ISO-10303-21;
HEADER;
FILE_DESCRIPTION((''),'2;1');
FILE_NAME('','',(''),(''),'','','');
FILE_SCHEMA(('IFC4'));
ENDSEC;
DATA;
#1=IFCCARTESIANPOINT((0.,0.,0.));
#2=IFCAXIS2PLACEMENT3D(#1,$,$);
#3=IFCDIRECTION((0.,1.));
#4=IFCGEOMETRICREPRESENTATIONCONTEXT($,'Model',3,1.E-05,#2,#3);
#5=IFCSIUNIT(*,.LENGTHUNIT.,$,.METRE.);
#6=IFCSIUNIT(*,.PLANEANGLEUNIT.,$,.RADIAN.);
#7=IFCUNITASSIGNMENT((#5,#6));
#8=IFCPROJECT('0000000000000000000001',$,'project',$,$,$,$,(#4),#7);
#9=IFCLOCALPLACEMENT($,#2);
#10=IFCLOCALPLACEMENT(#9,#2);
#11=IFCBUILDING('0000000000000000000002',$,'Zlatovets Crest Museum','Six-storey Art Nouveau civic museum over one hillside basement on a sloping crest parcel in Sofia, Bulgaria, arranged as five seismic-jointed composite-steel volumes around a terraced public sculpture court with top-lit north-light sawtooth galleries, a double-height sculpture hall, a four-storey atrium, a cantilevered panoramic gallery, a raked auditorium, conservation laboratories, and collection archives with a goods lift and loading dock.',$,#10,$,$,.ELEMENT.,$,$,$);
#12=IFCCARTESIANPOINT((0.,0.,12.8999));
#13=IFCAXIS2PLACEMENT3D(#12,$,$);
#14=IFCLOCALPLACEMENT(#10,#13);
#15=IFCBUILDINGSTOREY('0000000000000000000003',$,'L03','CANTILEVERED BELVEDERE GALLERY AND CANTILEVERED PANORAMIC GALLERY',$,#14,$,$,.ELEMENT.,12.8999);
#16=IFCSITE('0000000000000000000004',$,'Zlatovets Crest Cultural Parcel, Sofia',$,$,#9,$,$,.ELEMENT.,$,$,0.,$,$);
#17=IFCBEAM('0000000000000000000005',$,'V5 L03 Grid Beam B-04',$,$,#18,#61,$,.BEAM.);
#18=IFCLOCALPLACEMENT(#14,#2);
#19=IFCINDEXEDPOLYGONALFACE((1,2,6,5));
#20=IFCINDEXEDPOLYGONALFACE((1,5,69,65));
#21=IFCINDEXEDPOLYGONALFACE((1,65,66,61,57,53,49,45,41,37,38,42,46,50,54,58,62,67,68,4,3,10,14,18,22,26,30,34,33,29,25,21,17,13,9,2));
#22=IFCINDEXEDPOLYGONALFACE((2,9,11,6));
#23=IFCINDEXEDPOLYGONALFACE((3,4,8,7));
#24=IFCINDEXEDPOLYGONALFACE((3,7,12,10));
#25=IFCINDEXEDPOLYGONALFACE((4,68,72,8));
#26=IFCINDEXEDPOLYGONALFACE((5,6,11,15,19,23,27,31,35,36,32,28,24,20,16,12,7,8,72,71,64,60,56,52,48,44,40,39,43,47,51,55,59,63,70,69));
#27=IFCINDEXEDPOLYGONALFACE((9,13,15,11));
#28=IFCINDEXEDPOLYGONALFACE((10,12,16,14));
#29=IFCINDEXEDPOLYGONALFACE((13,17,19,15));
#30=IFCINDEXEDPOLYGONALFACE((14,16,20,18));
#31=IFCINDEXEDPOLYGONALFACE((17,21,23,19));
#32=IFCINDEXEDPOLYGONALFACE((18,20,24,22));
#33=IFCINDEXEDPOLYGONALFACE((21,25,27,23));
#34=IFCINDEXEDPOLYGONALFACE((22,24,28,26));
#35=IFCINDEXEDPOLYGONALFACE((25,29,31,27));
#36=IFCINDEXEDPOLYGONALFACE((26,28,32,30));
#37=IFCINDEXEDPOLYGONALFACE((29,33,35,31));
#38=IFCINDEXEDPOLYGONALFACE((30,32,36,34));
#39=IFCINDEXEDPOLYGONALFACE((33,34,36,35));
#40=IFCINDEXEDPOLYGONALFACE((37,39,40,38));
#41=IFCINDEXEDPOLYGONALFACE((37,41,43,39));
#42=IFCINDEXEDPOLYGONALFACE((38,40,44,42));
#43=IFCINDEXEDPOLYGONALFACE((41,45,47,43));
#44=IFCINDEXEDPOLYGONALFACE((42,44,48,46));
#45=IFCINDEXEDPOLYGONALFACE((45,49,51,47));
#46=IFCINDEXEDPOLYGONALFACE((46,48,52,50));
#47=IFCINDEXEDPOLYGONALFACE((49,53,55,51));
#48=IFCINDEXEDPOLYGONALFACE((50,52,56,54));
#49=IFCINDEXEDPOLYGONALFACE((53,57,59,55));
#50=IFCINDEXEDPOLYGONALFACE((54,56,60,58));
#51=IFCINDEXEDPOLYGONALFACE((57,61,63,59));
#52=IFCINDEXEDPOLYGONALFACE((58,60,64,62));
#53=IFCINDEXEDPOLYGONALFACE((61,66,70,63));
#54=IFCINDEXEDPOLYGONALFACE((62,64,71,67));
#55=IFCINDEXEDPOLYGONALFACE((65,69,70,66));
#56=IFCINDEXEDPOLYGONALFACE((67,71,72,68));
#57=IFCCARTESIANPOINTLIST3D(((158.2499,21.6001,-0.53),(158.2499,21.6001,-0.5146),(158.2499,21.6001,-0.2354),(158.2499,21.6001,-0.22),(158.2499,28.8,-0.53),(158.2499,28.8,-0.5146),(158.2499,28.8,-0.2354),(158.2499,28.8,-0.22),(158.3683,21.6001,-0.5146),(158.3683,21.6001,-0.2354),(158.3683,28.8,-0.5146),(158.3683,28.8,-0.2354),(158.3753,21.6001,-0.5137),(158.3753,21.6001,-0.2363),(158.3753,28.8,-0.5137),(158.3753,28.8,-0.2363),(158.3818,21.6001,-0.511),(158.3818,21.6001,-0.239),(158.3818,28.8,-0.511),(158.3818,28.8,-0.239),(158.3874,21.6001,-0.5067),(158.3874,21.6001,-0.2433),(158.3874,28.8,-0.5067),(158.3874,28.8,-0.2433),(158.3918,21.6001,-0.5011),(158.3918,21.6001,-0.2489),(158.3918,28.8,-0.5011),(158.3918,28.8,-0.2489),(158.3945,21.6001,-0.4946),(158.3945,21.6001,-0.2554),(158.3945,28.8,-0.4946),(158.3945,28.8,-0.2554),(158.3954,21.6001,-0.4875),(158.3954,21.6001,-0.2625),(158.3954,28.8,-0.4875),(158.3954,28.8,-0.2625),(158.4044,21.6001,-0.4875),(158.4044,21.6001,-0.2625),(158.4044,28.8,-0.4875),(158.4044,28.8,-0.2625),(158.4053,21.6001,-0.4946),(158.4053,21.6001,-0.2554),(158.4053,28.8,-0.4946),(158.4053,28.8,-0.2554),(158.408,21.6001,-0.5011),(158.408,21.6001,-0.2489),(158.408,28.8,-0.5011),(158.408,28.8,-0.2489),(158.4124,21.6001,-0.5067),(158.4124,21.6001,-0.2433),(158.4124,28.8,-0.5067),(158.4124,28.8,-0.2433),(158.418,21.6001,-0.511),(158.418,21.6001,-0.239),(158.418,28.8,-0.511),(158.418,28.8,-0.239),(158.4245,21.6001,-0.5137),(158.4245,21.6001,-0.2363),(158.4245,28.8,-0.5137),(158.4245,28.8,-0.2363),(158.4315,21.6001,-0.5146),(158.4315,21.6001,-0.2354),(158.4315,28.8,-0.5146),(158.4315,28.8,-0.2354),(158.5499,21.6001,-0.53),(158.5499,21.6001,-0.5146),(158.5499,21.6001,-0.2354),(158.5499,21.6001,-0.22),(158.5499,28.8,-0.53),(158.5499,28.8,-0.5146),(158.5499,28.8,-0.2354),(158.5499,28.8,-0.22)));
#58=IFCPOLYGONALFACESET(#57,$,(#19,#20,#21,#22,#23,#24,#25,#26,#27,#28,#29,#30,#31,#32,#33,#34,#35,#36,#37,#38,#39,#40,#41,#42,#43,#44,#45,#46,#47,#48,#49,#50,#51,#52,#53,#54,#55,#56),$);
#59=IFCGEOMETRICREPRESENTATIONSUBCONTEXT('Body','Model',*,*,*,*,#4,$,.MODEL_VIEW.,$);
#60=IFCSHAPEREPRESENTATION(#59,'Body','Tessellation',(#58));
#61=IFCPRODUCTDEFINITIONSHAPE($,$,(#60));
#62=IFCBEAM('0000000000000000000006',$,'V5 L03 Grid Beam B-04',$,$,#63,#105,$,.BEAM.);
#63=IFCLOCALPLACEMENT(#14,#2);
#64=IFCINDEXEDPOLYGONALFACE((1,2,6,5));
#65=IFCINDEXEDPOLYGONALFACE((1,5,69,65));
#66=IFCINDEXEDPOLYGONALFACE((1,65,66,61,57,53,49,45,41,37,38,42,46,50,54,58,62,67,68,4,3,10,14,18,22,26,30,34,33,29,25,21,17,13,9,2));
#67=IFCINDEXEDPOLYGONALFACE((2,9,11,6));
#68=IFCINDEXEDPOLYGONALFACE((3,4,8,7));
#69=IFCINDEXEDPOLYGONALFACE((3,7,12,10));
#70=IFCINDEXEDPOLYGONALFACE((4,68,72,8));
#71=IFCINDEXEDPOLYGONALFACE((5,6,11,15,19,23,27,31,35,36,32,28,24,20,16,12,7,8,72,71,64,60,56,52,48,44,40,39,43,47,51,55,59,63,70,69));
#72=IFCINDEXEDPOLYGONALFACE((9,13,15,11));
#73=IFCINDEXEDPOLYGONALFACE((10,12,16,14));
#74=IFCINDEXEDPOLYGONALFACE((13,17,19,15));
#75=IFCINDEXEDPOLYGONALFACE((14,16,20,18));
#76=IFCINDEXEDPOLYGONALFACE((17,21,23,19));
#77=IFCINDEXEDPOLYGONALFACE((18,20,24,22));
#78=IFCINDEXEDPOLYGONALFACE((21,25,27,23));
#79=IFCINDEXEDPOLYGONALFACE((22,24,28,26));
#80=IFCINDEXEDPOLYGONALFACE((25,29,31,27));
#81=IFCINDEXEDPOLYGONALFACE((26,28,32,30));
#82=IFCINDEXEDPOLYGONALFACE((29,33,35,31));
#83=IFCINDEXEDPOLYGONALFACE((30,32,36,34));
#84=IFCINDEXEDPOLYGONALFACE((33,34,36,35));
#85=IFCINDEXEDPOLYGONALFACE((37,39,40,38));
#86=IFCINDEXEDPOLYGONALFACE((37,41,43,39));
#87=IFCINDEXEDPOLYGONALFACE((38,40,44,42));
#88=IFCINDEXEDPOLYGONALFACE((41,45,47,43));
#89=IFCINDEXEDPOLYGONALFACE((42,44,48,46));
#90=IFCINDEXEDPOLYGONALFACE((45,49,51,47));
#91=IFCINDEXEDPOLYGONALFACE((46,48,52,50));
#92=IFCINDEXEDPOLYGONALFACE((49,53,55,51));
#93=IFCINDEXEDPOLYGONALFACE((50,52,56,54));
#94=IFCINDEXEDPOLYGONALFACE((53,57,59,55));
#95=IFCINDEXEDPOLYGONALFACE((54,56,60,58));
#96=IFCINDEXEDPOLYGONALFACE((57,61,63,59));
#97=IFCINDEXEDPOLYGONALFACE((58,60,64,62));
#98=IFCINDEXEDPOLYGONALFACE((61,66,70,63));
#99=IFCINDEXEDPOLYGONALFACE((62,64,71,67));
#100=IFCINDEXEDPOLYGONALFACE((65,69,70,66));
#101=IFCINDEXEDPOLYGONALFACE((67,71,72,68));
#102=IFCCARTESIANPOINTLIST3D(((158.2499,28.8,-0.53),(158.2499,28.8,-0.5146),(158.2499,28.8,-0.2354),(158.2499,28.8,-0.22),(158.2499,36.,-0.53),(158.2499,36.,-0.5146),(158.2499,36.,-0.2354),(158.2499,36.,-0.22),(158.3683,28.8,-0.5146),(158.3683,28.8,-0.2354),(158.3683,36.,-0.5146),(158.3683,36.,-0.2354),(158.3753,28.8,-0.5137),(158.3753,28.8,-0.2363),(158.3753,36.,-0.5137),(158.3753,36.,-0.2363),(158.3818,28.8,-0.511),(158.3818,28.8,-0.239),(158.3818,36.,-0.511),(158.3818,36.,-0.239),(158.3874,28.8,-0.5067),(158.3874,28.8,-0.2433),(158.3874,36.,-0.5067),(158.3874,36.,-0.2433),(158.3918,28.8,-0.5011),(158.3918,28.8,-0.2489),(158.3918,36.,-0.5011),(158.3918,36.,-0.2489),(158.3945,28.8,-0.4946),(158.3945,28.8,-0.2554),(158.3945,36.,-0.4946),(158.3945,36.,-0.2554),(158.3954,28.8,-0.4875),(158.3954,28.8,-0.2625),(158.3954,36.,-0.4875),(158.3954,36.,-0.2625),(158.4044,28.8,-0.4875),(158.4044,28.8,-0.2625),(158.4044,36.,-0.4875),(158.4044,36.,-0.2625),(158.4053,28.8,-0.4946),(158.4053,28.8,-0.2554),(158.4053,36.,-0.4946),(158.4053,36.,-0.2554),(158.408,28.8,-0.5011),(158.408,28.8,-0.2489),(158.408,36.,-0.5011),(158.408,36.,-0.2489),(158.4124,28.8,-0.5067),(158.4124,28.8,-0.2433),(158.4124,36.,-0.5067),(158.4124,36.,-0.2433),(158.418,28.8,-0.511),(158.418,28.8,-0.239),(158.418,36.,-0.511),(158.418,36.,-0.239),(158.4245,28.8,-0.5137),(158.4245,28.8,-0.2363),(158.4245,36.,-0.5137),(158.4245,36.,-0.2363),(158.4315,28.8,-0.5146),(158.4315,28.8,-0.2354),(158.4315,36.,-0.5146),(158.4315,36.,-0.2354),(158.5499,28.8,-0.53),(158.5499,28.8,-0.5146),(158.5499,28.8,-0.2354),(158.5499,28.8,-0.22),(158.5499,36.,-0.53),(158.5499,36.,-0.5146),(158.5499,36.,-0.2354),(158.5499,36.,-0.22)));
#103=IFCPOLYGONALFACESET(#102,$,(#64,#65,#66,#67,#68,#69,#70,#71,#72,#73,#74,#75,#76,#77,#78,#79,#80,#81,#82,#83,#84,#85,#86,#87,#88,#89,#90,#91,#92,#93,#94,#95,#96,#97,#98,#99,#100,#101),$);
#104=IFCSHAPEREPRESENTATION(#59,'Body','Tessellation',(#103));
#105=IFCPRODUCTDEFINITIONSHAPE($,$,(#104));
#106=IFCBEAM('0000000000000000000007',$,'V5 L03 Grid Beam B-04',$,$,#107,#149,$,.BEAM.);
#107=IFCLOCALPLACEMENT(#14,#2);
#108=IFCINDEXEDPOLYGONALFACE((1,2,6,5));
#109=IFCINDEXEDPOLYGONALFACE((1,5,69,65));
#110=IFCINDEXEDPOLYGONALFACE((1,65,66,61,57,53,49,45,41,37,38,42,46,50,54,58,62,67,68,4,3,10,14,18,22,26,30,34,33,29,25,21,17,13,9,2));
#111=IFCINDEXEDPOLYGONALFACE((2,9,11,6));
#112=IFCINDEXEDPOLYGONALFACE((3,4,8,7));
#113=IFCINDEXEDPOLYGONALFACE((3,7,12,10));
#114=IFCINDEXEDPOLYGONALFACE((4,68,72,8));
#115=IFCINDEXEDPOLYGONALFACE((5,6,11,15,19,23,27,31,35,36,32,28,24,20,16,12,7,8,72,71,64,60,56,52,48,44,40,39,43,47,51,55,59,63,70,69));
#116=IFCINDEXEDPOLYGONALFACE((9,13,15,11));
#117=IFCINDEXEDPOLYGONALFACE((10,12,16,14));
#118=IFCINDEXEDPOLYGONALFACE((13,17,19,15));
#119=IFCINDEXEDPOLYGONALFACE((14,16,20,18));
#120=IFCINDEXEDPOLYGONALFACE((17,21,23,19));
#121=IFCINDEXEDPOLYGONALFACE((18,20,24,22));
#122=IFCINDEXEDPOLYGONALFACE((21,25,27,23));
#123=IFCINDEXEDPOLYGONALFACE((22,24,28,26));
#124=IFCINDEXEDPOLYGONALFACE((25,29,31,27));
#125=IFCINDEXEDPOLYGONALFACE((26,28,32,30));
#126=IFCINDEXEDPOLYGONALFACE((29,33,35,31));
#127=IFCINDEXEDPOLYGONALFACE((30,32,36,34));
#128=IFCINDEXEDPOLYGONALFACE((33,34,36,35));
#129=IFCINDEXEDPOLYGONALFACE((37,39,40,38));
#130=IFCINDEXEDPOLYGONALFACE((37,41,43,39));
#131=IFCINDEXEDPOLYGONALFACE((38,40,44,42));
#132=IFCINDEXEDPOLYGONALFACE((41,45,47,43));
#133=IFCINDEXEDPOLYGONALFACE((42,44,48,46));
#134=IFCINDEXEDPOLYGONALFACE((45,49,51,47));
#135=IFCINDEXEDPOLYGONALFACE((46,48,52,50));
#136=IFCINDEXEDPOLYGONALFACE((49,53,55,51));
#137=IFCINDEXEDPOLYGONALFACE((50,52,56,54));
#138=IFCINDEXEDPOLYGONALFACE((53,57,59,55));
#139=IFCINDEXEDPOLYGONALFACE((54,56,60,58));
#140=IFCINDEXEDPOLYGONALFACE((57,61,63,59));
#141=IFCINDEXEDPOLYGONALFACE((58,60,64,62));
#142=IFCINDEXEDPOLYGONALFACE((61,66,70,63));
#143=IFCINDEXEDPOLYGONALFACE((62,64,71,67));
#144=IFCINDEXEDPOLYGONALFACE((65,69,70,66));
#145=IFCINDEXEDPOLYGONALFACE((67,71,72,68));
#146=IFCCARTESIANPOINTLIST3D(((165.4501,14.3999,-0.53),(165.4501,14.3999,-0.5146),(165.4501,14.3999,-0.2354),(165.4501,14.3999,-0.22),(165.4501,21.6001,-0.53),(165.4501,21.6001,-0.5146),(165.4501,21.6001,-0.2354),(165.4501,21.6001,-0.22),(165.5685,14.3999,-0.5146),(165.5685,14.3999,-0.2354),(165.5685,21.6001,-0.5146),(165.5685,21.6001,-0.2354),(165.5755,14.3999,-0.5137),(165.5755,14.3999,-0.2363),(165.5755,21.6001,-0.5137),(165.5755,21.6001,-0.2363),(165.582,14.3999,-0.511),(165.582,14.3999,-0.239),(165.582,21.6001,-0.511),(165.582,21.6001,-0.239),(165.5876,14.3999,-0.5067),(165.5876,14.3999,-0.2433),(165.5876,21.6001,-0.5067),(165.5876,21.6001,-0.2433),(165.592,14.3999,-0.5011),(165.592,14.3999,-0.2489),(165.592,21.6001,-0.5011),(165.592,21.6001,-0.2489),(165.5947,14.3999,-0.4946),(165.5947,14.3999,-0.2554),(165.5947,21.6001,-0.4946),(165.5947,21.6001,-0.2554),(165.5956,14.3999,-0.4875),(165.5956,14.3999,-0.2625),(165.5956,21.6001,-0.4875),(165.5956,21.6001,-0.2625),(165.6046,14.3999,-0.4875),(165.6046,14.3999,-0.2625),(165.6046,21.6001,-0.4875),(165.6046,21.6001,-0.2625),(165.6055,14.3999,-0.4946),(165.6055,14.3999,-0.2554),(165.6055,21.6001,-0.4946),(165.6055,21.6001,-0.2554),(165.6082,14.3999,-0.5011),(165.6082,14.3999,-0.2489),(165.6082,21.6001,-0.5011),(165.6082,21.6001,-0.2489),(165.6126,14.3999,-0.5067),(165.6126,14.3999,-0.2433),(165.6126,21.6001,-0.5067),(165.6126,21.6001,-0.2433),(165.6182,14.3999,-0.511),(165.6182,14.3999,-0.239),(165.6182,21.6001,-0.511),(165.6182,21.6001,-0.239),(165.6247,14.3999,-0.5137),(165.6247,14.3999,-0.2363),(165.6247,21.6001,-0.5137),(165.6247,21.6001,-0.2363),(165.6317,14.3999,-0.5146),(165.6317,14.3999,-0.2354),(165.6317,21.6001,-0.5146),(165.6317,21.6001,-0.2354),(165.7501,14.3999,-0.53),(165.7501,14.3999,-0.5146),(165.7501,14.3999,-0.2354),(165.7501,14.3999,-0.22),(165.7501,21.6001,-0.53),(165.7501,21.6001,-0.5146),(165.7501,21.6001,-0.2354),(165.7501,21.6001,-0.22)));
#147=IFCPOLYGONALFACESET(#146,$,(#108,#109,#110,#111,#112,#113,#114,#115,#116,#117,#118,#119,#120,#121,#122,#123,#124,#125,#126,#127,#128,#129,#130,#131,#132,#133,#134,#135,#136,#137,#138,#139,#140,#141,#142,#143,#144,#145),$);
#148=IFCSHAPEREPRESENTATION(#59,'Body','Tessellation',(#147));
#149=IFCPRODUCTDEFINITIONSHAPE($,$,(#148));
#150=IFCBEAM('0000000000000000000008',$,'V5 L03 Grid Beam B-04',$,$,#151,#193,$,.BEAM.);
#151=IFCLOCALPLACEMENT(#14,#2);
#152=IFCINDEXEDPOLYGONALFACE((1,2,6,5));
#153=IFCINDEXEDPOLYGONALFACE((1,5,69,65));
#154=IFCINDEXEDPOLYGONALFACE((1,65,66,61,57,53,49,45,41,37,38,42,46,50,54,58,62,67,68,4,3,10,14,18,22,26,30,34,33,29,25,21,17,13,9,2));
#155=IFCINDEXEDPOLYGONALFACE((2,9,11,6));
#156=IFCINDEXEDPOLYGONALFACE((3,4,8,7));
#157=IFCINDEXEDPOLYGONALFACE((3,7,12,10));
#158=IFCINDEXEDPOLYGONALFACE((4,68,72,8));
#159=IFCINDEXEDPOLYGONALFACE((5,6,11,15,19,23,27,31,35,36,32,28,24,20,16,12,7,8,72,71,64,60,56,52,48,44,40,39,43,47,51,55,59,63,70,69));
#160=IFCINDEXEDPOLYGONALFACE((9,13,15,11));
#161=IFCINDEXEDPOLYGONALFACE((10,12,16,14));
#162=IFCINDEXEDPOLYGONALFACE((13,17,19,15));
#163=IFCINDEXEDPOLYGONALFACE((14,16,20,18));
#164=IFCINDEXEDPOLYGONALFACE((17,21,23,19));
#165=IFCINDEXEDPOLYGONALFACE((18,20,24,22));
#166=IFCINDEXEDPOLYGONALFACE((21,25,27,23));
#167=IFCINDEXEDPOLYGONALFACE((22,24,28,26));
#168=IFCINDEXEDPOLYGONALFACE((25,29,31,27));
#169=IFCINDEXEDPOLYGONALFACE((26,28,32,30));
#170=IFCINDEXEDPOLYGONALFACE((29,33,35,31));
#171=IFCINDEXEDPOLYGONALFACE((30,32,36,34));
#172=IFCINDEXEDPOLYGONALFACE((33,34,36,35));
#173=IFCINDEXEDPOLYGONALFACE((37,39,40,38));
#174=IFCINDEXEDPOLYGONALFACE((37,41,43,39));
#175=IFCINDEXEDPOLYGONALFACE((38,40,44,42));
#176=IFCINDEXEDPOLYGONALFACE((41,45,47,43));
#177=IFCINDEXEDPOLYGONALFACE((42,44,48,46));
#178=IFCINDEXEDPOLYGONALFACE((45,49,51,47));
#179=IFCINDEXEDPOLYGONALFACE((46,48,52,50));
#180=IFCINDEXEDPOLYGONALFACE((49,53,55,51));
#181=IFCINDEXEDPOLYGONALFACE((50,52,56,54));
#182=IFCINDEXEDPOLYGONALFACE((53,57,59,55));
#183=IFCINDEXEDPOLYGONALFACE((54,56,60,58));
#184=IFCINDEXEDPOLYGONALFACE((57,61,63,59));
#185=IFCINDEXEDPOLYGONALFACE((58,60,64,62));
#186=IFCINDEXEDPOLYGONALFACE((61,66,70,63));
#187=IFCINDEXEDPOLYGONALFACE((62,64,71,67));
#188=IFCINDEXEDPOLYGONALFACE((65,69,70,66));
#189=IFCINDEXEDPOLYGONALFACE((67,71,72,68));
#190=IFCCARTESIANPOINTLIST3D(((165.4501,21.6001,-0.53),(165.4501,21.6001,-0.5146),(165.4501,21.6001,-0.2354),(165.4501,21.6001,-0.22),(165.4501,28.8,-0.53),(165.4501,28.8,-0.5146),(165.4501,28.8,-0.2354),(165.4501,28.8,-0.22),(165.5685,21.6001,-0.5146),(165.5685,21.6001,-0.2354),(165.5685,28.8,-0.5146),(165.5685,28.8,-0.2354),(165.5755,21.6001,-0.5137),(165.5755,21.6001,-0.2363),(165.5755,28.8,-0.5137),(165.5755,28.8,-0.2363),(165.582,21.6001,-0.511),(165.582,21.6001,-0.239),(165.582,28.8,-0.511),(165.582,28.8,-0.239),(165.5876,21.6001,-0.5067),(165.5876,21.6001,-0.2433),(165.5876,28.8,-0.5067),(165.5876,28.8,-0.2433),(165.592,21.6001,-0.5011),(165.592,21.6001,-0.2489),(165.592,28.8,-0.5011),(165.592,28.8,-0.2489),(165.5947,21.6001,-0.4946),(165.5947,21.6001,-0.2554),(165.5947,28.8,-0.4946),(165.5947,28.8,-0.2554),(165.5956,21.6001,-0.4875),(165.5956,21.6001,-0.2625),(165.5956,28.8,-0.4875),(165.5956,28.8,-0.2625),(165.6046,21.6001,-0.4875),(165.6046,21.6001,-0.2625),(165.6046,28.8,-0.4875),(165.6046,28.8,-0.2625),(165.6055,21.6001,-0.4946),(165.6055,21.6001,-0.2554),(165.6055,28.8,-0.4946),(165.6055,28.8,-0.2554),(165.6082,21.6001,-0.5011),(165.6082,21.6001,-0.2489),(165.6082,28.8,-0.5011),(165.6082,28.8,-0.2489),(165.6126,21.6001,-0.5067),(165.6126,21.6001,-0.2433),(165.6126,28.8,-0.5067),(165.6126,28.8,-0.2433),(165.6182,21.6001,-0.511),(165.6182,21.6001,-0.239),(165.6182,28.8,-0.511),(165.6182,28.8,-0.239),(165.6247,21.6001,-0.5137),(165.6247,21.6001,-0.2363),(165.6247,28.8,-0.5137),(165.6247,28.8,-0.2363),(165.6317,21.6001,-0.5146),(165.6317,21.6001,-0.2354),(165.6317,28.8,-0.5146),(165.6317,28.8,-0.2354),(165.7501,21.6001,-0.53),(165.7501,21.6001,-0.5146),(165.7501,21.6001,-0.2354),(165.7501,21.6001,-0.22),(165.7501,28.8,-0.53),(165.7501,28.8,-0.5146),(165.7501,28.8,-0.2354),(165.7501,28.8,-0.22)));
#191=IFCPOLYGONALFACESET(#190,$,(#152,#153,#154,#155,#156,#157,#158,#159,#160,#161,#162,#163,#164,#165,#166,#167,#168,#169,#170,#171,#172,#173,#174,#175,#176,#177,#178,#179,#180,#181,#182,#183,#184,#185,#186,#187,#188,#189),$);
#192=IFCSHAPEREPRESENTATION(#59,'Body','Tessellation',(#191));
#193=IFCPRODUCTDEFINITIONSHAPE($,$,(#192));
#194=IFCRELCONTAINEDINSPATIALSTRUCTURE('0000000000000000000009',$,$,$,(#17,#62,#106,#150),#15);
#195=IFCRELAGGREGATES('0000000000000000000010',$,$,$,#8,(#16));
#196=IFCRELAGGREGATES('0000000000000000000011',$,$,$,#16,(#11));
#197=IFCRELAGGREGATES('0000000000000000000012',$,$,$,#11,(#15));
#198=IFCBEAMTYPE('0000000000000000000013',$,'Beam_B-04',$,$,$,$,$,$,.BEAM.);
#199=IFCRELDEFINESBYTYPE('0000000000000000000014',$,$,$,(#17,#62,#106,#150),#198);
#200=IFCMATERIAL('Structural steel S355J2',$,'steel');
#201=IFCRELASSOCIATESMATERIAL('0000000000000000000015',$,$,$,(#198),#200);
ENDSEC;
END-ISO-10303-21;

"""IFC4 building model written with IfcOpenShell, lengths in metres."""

from ifc_helpers import new_model, si_unit, direction, frame, origin, origin_2d, place, context, subcontext, project, spatial, i_section, extrude, material, material_profile, profile_set, type_object, element, save


model = new_model("IFC4")

# Units and contexts
model_context = context("Model", 3, precision=1e-05, world=origin(), true_north=direction((0.0, 1.0)))
body_context = subcontext(model_context, "Body", "Model", "MODEL_VIEW")
ifc_project = project(units=[si_unit("LENGTHUNIT", "METRE"), si_unit("PLANEANGLEUNIT", "RADIAN")], contexts=[model_context])

# Site, building, storey
site_placement = place(None, origin())
site = spatial("IfcSite", under=ifc_project, at=site_placement, Name="Zlatovets Crest Cultural Parcel, Sofia", CompositionType="ELEMENT", RefElevation=0.0)
building_placement = place(site_placement, origin())
building = spatial("IfcBuilding", under=site, at=building_placement, Name="Zlatovets Crest Museum", Description="Six-storey Art Nouveau civic museum over one hillside basement on a sloping crest parcel in Sofia, Bulgaria, arranged as five seismic-jointed composite-steel volumes around a terraced public sculpture court with top-lit north-light sawtooth galleries, a double-height sculpture hall, a four-storey atrium, a cantilevered panoramic gallery, a raked auditorium, conservation laboratories, and collection archives with a goods lift and loading dock.", CompositionType="ELEMENT")
storey_placement = place(building_placement, frame((0.0, 0.0, 12.8999)))
storey = spatial("IfcBuildingStorey", under=building, at=storey_placement, Name="L03", Description="CANTILEVERED BELVEDERE GALLERY AND CANTILEVERED PANORAMIC GALLERY", CompositionType="ELEMENT", Elevation=12.8999)

# Beams
ifc_material_1 = material(Name="Structural steel S355J2", Category="steel")
ifc_material_profile_1 = material_profile(ifc_material_1, i_section(OverallWidth=0.3, OverallDepth=0.3101, WebThickness=0.009, FlangeThickness=0.0154, FilletRadius=0.0271, at=origin_2d()), Name="HEA 320")
ifc_profile_set_1 = profile_set([ifc_material_profile_1], Name="Structural steel S355J2")
beam_type_1 = type_object("IfcBeamType", Name="Beam_B-04", PredefinedType="BEAM", material=ifc_profile_set_1)
for number, where, z_axis, x_axis, name in (
    (1, (158.3999, 21.6001, -0.375), (0.0, 1.0, 0.0), (-1.0, 0.0, 0.0), "V5 L03 Grid Beam B-04"),
    (2, (158.3999, 28.8, -0.375), (0.0, 1.0, 0.0), (-1.0, 0.0, 0.0), "V5 L03 Grid Beam B-04"),
):
    element("IfcBeam", number, at=place(storey_placement, frame(where, z_axis=z_axis, x_axis=x_axis)), inside=storey, type_object=beam_type_1, Name=name, PredefinedType="BEAM", context=body_context, shape_type="SweptSolid", body=[
        extrude(i_section(OverallWidth=0.3, OverallDepth=0.3101, WebThickness=0.009, FlangeThickness=0.0154, FilletRadius=0.0271, at=origin_2d()), origin(), (0.0, 0.0, 1.0), 7.2),
    ])
beam_1_placement = place(storey_placement, frame((165.6001, 14.3999, -0.375), z_axis=(0.0, 1.0, 0.0), x_axis=(-1.0, 0.0, 0.0)))
element("IfcBeam", 3, at=beam_1_placement, inside=storey, type_object=beam_type_1, Name="V5 L03 Grid Beam B-04", PredefinedType="BEAM", context=body_context, shape_type="SweptSolid", body=[
    extrude(i_section(OverallWidth=0.3, OverallDepth=0.3101, WebThickness=0.009, FlangeThickness=0.0154, FilletRadius=0.0271, at=origin_2d()), origin(), (0.0, 0.0, 1.0), 7.2002),
])
for number, where, z_axis, x_axis, name in (
    (4, (165.6001, 21.6001, -0.375), (0.0, 1.0, 0.0), (-1.0, 0.0, 0.0), "V5 L03 Grid Beam B-04"),
):
    element("IfcBeam", number, at=place(storey_placement, frame(where, z_axis=z_axis, x_axis=x_axis)), inside=storey, type_object=beam_type_1, Name=name, PredefinedType="BEAM", context=body_context, shape_type="SweptSolid", body=[
        extrude(i_section(OverallWidth=0.3, OverallDepth=0.3101, WebThickness=0.009, FlangeThickness=0.0154, FilletRadius=0.0271, at=origin_2d()), origin(), (0.0, 0.0, 1.0), 7.2),
    ])

save(model, "model.ifc")
